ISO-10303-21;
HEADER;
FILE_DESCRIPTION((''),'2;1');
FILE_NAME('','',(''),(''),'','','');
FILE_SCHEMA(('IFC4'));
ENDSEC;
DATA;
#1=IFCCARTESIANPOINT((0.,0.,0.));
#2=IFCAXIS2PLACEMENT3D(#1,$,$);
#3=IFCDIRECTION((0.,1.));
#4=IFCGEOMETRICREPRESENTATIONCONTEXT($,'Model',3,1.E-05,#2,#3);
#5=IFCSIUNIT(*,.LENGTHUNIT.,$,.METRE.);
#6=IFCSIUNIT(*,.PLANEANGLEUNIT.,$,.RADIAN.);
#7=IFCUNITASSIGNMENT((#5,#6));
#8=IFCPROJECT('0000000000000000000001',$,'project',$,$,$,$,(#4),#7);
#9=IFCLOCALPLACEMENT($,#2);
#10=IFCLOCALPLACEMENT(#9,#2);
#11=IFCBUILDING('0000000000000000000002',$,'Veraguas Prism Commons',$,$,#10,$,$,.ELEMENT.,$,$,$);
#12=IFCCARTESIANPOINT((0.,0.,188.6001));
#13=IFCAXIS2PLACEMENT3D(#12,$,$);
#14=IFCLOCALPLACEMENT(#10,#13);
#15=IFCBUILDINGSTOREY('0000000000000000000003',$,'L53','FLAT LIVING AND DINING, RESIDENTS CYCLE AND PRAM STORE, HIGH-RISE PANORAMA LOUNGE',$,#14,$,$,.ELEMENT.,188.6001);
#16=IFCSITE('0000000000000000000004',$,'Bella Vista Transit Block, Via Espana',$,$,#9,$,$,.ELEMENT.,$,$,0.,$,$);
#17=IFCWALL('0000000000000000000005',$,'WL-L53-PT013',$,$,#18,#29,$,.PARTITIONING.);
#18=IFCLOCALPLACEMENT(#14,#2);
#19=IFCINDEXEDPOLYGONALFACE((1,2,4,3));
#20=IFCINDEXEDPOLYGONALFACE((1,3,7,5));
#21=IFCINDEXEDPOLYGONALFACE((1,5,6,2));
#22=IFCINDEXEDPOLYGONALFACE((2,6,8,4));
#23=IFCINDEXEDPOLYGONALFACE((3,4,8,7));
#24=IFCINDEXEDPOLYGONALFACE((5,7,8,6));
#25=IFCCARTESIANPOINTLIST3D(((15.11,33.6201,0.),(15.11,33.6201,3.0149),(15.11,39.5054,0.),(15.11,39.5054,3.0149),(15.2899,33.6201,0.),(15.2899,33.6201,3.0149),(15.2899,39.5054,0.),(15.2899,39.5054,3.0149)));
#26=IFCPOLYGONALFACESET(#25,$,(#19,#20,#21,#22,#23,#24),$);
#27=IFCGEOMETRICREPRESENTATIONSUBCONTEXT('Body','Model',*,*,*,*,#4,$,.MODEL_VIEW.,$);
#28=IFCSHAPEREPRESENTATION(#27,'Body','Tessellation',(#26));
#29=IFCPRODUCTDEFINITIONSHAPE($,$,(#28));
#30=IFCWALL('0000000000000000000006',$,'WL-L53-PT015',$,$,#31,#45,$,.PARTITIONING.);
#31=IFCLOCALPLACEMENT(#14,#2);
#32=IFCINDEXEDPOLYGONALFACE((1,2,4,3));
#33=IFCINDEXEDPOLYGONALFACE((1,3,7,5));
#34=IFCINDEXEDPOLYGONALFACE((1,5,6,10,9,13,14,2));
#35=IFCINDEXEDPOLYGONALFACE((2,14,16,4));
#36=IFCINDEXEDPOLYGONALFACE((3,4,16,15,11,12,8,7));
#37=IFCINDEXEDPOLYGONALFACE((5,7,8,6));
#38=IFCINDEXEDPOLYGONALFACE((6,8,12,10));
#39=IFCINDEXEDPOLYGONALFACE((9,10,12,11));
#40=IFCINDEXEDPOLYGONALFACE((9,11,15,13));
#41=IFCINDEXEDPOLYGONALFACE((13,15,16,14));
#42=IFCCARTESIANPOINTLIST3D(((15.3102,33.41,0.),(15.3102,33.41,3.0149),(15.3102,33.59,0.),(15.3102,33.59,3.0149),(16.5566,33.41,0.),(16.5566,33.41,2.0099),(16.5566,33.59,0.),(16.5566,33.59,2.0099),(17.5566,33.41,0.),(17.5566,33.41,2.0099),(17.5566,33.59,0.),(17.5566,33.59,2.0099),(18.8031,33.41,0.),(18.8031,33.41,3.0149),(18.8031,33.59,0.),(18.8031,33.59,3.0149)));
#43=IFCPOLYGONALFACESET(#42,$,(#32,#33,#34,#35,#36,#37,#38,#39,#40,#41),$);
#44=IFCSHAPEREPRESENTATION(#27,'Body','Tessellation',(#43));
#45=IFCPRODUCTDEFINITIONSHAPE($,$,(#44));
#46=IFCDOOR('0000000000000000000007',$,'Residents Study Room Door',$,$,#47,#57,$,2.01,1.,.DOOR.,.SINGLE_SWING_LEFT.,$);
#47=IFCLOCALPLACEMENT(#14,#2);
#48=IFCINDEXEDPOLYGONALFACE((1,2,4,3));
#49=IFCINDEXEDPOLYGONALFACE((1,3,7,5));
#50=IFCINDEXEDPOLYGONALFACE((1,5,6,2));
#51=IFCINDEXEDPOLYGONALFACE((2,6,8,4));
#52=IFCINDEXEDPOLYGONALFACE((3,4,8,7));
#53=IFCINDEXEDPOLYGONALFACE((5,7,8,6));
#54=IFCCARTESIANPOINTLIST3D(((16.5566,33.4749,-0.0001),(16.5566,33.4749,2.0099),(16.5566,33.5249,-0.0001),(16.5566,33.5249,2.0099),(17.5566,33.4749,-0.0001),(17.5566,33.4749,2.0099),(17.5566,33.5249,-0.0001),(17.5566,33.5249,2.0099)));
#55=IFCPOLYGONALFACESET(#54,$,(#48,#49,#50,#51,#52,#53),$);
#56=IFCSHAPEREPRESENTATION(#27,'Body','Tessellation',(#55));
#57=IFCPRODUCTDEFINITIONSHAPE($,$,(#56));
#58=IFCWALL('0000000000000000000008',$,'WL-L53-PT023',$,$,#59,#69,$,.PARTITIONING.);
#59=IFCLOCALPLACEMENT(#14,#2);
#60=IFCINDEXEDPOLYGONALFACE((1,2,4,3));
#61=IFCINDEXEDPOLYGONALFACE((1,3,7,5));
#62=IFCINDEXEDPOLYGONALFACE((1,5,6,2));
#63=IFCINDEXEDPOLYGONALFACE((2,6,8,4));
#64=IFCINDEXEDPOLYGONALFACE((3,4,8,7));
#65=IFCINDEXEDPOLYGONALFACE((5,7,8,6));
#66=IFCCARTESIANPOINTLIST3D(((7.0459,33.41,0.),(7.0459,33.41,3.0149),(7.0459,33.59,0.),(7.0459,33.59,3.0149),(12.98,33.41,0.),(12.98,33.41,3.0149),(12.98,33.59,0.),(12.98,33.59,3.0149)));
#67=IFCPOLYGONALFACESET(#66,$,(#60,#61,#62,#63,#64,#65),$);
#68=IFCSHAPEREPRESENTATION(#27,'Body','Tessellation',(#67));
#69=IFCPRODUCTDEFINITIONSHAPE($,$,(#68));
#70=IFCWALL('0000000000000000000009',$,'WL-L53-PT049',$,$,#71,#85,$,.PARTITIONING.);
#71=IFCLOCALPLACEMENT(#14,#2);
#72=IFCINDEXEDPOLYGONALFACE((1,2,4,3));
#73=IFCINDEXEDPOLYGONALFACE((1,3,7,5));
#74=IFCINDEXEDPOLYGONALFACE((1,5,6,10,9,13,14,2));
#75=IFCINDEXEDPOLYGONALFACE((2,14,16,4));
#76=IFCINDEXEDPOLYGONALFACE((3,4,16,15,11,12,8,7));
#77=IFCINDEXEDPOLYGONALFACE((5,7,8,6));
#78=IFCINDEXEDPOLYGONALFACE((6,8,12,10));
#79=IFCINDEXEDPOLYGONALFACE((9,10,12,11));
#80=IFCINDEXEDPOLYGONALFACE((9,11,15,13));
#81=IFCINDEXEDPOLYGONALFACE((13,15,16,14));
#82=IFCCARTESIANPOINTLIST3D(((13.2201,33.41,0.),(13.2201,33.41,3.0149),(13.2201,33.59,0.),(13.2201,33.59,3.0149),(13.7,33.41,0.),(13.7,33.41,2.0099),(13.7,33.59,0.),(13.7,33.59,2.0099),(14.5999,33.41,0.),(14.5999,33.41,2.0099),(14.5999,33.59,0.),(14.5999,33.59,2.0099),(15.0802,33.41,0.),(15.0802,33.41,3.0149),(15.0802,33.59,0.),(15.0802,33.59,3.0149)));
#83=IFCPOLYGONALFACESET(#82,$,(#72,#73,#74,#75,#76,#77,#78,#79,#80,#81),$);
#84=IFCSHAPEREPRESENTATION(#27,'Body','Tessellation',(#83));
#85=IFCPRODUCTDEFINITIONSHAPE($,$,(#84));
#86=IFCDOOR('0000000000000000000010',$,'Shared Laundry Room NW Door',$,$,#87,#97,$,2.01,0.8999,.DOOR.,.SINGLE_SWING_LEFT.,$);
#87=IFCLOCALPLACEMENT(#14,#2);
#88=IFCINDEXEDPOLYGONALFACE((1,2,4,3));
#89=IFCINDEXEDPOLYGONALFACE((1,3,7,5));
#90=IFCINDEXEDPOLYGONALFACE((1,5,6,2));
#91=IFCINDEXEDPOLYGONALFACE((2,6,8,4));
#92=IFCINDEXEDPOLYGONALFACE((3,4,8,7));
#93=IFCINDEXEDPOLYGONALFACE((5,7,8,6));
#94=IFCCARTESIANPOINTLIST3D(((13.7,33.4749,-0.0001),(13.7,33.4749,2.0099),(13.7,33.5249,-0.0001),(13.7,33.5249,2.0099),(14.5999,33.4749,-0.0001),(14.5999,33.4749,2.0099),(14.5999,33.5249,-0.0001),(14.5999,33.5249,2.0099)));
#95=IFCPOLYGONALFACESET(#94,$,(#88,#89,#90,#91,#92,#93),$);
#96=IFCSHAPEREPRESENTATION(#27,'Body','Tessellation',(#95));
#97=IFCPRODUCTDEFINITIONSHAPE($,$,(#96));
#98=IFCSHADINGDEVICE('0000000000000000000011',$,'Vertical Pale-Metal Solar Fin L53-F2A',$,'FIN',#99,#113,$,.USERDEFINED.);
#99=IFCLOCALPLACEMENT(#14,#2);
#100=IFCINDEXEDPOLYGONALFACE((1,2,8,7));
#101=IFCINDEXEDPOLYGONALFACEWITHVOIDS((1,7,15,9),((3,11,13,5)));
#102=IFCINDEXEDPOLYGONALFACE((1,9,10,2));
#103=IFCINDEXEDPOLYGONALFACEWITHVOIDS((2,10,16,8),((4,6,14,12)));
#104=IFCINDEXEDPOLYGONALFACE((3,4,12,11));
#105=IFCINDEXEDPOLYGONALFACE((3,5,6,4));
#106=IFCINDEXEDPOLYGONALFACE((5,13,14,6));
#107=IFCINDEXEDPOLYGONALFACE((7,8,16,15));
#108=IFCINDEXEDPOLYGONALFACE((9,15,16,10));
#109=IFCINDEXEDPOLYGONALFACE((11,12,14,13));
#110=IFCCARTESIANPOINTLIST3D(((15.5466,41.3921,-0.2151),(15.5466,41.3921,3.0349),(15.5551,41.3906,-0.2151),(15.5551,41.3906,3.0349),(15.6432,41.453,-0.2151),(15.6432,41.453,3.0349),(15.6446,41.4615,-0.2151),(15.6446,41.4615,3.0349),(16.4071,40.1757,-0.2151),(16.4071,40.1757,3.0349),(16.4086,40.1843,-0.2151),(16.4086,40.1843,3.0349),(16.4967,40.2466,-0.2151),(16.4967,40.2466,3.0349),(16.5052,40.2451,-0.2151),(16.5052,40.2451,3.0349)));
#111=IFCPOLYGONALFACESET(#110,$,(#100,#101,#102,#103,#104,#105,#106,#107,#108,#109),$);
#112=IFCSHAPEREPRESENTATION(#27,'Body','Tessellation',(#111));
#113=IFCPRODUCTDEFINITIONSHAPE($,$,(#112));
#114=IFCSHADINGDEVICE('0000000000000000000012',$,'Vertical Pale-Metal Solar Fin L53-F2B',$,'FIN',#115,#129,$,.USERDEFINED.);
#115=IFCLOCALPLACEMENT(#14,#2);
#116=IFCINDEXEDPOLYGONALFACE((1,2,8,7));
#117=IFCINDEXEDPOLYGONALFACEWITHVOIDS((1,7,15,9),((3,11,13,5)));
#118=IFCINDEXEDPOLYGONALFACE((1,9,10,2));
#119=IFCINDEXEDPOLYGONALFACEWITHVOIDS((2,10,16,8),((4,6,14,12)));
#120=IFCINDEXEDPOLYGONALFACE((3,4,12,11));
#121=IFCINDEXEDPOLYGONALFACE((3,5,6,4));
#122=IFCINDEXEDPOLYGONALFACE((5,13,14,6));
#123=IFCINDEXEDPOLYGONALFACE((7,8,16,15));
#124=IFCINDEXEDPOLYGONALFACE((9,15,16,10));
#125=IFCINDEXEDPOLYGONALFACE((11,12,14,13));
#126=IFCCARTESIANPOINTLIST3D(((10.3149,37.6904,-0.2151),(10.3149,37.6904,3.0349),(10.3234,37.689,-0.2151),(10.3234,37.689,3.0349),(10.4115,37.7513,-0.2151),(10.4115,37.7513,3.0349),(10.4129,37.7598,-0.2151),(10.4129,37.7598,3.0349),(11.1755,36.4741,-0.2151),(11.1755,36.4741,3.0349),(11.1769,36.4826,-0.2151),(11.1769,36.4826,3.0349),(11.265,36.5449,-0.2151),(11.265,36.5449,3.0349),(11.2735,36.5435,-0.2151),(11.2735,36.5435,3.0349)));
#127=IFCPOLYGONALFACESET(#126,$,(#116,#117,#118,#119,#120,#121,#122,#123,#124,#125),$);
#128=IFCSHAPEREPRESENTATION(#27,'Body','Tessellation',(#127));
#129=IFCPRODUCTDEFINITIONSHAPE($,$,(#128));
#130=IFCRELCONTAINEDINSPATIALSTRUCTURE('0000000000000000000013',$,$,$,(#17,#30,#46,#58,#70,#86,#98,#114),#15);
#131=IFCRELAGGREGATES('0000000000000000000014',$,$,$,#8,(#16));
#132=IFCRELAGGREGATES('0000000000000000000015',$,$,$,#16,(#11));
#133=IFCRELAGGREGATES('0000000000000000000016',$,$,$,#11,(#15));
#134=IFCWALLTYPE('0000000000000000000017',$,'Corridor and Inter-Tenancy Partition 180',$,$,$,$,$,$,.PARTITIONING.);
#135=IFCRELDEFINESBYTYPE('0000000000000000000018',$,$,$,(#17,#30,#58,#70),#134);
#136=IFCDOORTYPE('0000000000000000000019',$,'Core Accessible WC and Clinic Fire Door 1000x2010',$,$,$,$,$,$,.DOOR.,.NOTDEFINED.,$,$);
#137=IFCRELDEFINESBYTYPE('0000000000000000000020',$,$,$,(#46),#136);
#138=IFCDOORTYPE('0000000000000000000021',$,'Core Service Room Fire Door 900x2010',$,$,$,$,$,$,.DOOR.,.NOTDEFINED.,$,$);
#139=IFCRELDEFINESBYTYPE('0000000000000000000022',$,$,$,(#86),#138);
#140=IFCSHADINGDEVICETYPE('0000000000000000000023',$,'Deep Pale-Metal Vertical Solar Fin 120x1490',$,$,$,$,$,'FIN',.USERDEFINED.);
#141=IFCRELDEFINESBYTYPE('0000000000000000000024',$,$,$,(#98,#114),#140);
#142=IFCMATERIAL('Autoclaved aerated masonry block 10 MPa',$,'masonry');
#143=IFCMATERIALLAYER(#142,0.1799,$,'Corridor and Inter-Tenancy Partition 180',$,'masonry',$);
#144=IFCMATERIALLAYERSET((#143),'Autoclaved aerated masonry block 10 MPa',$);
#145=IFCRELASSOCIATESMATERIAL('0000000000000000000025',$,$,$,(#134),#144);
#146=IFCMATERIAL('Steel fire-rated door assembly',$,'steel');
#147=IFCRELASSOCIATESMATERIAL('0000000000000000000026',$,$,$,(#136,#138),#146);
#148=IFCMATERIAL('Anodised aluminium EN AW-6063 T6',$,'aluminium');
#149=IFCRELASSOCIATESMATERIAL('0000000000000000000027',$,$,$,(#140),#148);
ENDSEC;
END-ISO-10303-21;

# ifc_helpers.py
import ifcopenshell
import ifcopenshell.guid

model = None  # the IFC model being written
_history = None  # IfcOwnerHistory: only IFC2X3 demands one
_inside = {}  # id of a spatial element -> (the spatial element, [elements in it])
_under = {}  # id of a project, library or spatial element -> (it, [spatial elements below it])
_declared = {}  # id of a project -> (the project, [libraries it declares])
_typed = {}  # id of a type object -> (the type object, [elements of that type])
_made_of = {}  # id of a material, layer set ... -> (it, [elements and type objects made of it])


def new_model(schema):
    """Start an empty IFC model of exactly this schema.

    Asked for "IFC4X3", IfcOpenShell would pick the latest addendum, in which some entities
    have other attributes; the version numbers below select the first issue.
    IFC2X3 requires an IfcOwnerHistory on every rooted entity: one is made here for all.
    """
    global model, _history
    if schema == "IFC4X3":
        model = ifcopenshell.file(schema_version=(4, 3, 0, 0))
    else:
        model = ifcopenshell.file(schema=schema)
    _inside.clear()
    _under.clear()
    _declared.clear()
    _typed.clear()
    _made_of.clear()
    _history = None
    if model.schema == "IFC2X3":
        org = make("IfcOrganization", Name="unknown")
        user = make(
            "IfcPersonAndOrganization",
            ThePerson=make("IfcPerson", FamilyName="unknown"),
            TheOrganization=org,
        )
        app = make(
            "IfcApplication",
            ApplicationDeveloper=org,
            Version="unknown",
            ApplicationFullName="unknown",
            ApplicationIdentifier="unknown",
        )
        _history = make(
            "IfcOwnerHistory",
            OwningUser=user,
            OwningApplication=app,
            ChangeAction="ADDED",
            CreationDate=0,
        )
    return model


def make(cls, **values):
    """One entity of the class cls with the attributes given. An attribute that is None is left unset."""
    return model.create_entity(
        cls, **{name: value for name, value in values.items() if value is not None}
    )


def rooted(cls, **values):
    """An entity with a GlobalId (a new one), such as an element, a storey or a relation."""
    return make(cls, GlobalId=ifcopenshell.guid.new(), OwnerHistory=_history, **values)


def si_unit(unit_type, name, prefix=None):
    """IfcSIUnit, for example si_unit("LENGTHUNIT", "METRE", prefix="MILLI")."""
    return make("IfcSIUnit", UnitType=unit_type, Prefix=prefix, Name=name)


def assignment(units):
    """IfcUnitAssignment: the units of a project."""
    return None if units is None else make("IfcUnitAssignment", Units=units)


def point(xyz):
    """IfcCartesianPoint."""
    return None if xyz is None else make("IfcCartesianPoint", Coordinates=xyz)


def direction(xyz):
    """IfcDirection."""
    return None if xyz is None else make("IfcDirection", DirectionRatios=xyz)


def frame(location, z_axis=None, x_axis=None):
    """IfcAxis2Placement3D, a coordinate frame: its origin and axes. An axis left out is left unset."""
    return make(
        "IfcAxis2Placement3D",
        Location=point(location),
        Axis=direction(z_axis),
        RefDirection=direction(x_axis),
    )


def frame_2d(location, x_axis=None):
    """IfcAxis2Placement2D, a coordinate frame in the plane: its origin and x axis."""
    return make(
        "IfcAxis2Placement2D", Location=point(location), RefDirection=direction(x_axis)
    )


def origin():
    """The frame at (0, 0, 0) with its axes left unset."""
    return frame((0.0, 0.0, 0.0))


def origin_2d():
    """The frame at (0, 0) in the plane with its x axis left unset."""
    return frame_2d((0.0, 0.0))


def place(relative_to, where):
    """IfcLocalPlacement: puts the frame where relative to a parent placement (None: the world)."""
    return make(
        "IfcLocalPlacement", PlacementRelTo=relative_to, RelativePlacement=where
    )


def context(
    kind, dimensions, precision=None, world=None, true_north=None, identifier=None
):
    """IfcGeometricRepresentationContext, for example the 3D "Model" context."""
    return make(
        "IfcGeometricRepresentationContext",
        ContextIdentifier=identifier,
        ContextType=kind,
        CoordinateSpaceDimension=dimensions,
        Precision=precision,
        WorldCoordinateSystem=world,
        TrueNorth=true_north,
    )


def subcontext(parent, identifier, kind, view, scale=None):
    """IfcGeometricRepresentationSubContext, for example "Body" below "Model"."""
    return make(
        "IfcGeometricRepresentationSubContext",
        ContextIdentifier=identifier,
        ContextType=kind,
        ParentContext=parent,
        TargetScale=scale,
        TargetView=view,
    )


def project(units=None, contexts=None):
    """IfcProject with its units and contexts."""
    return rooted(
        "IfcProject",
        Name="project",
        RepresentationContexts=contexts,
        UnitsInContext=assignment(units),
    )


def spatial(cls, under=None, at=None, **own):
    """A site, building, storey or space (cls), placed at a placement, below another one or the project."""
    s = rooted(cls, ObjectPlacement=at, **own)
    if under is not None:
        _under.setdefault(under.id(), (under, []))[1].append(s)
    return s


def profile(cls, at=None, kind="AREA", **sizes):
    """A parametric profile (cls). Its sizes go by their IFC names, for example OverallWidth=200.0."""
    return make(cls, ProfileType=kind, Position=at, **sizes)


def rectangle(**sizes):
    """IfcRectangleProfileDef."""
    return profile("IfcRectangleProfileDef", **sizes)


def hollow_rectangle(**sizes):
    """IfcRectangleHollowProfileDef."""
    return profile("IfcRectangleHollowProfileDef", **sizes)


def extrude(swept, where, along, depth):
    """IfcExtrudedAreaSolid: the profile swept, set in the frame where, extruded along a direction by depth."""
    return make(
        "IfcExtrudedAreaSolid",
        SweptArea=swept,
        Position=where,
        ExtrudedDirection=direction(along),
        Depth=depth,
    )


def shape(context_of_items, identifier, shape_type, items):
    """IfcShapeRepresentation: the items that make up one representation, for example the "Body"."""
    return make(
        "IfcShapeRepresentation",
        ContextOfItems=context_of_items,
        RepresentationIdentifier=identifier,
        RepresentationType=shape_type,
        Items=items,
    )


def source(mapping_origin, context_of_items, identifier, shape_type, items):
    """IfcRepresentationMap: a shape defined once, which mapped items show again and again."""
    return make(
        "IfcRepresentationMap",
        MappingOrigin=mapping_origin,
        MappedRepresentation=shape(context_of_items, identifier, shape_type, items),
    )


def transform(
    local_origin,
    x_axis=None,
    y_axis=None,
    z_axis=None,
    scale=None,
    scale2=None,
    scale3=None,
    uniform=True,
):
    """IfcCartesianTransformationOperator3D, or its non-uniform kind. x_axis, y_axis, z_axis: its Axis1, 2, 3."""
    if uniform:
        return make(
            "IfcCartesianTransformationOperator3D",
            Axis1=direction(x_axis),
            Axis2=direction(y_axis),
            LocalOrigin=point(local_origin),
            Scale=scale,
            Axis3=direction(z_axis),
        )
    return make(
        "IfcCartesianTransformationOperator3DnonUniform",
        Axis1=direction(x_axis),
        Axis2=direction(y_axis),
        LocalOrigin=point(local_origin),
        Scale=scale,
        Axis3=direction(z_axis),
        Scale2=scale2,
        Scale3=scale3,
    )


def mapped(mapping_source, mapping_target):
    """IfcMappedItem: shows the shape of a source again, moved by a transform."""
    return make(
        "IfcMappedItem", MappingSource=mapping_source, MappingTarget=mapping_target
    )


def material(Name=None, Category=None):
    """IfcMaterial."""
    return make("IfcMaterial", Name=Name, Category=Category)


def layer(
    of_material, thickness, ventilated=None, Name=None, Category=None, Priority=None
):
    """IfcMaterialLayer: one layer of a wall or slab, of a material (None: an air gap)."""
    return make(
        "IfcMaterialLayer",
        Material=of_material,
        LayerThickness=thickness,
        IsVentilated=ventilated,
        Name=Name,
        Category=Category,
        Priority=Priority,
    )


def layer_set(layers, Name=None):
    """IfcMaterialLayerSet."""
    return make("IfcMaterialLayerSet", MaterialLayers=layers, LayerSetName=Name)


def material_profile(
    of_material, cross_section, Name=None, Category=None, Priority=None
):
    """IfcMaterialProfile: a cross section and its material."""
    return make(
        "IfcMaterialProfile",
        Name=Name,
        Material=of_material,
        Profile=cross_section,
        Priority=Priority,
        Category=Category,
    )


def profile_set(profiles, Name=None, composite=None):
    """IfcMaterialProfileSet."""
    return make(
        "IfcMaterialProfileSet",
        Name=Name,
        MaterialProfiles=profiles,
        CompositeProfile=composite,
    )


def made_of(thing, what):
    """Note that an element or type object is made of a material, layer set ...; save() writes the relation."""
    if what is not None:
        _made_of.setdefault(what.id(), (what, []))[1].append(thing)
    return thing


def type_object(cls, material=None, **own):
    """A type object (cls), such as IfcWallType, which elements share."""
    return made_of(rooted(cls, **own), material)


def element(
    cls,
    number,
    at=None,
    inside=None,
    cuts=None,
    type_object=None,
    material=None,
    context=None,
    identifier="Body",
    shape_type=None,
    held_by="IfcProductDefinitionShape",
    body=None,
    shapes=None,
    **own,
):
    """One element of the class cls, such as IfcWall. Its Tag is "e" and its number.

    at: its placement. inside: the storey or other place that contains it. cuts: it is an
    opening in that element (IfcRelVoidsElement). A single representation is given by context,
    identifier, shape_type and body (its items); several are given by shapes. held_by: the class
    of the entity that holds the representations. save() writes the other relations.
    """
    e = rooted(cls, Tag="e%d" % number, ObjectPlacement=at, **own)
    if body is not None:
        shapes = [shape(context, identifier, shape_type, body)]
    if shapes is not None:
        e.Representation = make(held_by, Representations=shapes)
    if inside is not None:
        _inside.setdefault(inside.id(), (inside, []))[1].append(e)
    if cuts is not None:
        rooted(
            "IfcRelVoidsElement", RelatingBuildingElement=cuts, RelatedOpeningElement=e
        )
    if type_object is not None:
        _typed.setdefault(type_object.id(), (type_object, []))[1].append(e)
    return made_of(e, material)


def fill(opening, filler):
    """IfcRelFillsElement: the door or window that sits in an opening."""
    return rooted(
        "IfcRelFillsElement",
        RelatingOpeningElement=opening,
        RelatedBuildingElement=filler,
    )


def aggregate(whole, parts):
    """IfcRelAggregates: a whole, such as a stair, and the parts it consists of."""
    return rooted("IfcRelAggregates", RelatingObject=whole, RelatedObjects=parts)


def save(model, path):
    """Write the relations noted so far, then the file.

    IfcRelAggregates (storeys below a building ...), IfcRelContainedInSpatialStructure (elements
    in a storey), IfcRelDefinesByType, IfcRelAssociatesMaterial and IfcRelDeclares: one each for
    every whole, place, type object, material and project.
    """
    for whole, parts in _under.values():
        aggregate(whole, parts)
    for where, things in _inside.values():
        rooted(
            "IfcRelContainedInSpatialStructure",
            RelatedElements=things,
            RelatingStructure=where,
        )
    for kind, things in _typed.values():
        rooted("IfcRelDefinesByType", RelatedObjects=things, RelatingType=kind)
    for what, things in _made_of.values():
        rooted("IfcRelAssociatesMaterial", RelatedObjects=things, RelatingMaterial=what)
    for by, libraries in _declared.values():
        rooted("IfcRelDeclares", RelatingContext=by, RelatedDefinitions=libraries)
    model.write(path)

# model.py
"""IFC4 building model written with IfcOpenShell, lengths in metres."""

from ifc_helpers import new_model, si_unit, direction, frame, frame_2d, origin, origin_2d, place, context, subcontext, project, spatial, rectangle, hollow_rectangle, extrude, source, transform, mapped, material, layer, layer_set, material_profile, profile_set, type_object, element, fill, save


model = new_model("IFC4")

# Units and contexts
model_context = context("Model", 3, precision=1e-05, world=origin(), true_north=direction((0.0, 1.0)))
body_context = subcontext(model_context, "Body", "Model", "MODEL_VIEW")
ifc_project = project(units=[si_unit("LENGTHUNIT", "METRE"), si_unit("PLANEANGLEUNIT", "RADIAN")], contexts=[model_context])

# Site, building, storey
site_placement = place(None, origin())
site = spatial("IfcSite", under=ifc_project, at=site_placement, Name="Bella Vista Transit Block, Via Espana", CompositionType="ELEMENT", RefElevation=0.0)
building_placement = place(site_placement, origin())
building = spatial("IfcBuilding", under=site, at=building_placement, Name="Veraguas Prism Commons", CompositionType="ELEMENT")
storey_placement = place(building_placement, frame((0.0, 0.0, 188.6001)))
storey = spatial("IfcBuildingStorey", under=building, at=storey_placement, Name="L53", Description="FLAT LIVING AND DINING, RESIDENTS CYCLE AND PRAM STORE, HIGH-RISE PANORAMA LOUNGE", CompositionType="ELEMENT", Elevation=188.6001)

# Shared definitions
ifc_material_1 = material(Name="Anodised aluminium EN AW-6063 T6", Category="aluminium")

# Wall
ifc_material_2 = material(Name="Autoclaved aerated masonry block 10 MPa", Category="masonry")
ifc_layer_1 = layer(ifc_material_2, 0.1799, Name="Corridor and Inter-Tenancy Partition 180", Category="masonry")
ifc_layer_set_1 = layer_set([ifc_layer_1], Name="Autoclaved aerated masonry block 10 MPa")
wall_type = type_object("IfcWallType", Name="Corridor and Inter-Tenancy Partition 180", PredefinedType="PARTITIONING", material=ifc_layer_set_1)
wall_1_placement = place(storey_placement, frame((15.2, 33.6201, 0.0), z_axis=(0.0, 0.0, 1.0), x_axis=(0.0, 1.0, 0.0)))
element("IfcWall", 1, at=wall_1_placement, inside=storey, type_object=wall_type, Name="WL-L53-PT013", PredefinedType="PARTITIONING", context=body_context, shape_type="SweptSolid", body=[
    extrude(rectangle(XDim=5.8853, YDim=0.1799, at=frame_2d((2.9426, 0.0))), origin(), (0.0, 0.0, 1.0), 3.0149),
])

# Wall, opening, door
wall_2_placement = place(storey_placement, frame((15.3101, 33.5, 0.0), z_axis=(0.0, 0.0, 1.0), x_axis=(1.0, 0.0, 0.0)))
wall_2 = element("IfcWall", 2, at=wall_2_placement, inside=storey, type_object=wall_type, Name="WL-L53-PT015", PredefinedType="PARTITIONING", context=body_context, shape_type="SweptSolid", body=[
    extrude(rectangle(XDim=3.4929, YDim=0.1799, at=frame_2d((1.7466, 0.0))), origin(), (0.0, 0.0, 1.0), 3.0149),
])
opening_1_placement = place(wall_2_placement, frame((1.2466, 0.0, 0.0)))
opening_1 = element("IfcOpeningElement", 3, at=opening_1_placement, cuts=wall_2, PredefinedType="OPENING", context=body_context, shape_type="SweptSolid", body=[
    extrude(rectangle(XDim=1.0, YDim=2.01, at=frame_2d((0.5, 1.0049))), frame((0.0, 0.0999, 0.0), z_axis=(0.0, -1.0, 0.0), x_axis=(1.0, 0.0, 0.0)), (0.0, 0.0, 1.0), 0.2),
])
ifc_material_3 = material(Name="Steel fire-rated door assembly", Category="steel")
door_type_1 = type_object("IfcDoorType", Name="Core Accessible WC and Clinic Fire Door 1000x2010", OperationType="NOTDEFINED", PredefinedType="DOOR", material=ifc_material_3)
shared_shape_1 = source(origin(), body_context, "Body", "SweptSolid", [
    extrude(rectangle(XDim=1.0, YDim=2.01, at=frame_2d((0.5, 1.0049))), frame((0.0, 0.0249, 0.0), z_axis=(0.0, -1.0, 0.0), x_axis=(1.0, 0.0, 0.0)), (0.0, 0.0, 1.0), 0.05),
])
door_1_placement = place(opening_1_placement, origin())
door_1 = element("IfcDoor", 4, at=door_1_placement, inside=storey, type_object=door_type_1, Name="Residents Study Room Door", OperationType="SINGLE_SWING_LEFT", OverallHeight=2.01, OverallWidth=1.0, PredefinedType="DOOR", context=body_context, shape_type="MappedRepresentation", body=[
    mapped(shared_shape_1, transform((0.0, 0.0, 0.0), scale=1.0)),
])
fill(opening_1, door_1)

# Wall
wall_3_placement = place(storey_placement, frame((12.98, 33.5, 0.0), z_axis=(0.0, 0.0, 1.0), x_axis=(-1.0, 0.0, 0.0)))
element("IfcWall", 5, at=wall_3_placement, inside=storey, type_object=wall_type, Name="WL-L53-PT023", PredefinedType="PARTITIONING", context=body_context, shape_type="SweptSolid", body=[
    extrude(rectangle(XDim=5.9341, YDim=0.1799, at=frame_2d((2.967, 0.0))), origin(), (0.0, 0.0, 1.0), 3.0149),
])

# Wall, opening, door
wall_4_placement = place(storey_placement, frame((13.22, 33.5, 0.0), z_axis=(0.0, 0.0, 1.0), x_axis=(1.0, 0.0, 0.0)))
wall_4 = element("IfcWall", 6, at=wall_4_placement, inside=storey, type_object=wall_type, Name="WL-L53-PT049", PredefinedType="PARTITIONING", context=body_context, shape_type="SweptSolid", body=[
    extrude(rectangle(XDim=1.8601, YDim=0.1799, at=frame_2d((0.9302, 0.0))), origin(), (0.0, 0.0, 1.0), 3.0149),
])
opening_2_placement = place(wall_4_placement, frame((0.48, 0.0, 0.0)))
opening_2 = element("IfcOpeningElement", 7, at=opening_2_placement, cuts=wall_4, PredefinedType="OPENING", context=body_context, shape_type="SweptSolid", body=[
    extrude(rectangle(XDim=0.8999, YDim=2.01, at=frame_2d((0.45, 1.0049))), frame((0.0, 0.0999, 0.0), z_axis=(0.0, -1.0, 0.0), x_axis=(1.0, 0.0, 0.0)), (0.0, 0.0, 1.0), 0.2),
])
door_type_2 = type_object("IfcDoorType", Name="Core Service Room Fire Door 900x2010", OperationType="NOTDEFINED", PredefinedType="DOOR", material=ifc_material_3)
shared_shape_2 = source(origin(), body_context, "Body", "SweptSolid", [
    extrude(rectangle(XDim=0.8999, YDim=2.01, at=frame_2d((0.45, 1.0049))), frame((0.0, 0.0249, 0.0), z_axis=(0.0, -1.0, 0.0), x_axis=(1.0, 0.0, 0.0)), (0.0, 0.0, 1.0), 0.05),
])
door_2_placement = place(opening_2_placement, origin())
door_2 = element("IfcDoor", 8, at=door_2_placement, inside=storey, type_object=door_type_2, Name="Shared Laundry Room NW Door", OperationType="SINGLE_SWING_LEFT", OverallHeight=2.01, OverallWidth=0.8999, PredefinedType="DOOR", context=body_context, shape_type="MappedRepresentation", body=[
    mapped(shared_shape_2, transform((0.0, 0.0, 0.0), scale=1.0)),
])
fill(opening_2, door_2)

# Shading devices
ifc_material_profile_1 = material_profile(ifc_material_1, hollow_rectangle(XDim=0.1201, YDim=1.49, WallThickness=0.0061, at=origin_2d()), Name="FIN120X1490X6")
ifc_profile_set_1 = profile_set([ifc_material_profile_1], Name="Anodised aluminium EN AW-6063 T6")
shading_device_type = type_object("IfcShadingDeviceType", Name="Deep Pale-Metal Vertical Solar Fin 120x1490", ElementType="FIN", PredefinedType="USERDEFINED", material=ifc_profile_set_1)
for number, where, z_axis, x_axis, name in (
    (9, (16.0259, 40.8186, -0.2151), (0.0, 0.0, 1.0), (-0.816339, -0.577573, 0.0), "Vertical Pale-Metal Solar Fin L53-F2A"),
    (10, (10.7942, 37.1169, -0.2151), (0.0, 0.0, 1.0), (-0.816339, -0.577573, 0.0), "Vertical Pale-Metal Solar Fin L53-F2B"),
):
    element("IfcShadingDevice", number, at=place(storey_placement, frame(where, z_axis=z_axis, x_axis=x_axis)), inside=storey, type_object=shading_device_type, Name=name, ObjectType="FIN", PredefinedType="USERDEFINED", context=body_context, shape_type="SweptSolid", body=[
        extrude(hollow_rectangle(XDim=0.1201, YDim=1.49, WallThickness=0.0061, at=origin_2d()), origin(), (0.0, 0.0, 1.0), 3.25),
    ])

save(model, "model.ifc")
